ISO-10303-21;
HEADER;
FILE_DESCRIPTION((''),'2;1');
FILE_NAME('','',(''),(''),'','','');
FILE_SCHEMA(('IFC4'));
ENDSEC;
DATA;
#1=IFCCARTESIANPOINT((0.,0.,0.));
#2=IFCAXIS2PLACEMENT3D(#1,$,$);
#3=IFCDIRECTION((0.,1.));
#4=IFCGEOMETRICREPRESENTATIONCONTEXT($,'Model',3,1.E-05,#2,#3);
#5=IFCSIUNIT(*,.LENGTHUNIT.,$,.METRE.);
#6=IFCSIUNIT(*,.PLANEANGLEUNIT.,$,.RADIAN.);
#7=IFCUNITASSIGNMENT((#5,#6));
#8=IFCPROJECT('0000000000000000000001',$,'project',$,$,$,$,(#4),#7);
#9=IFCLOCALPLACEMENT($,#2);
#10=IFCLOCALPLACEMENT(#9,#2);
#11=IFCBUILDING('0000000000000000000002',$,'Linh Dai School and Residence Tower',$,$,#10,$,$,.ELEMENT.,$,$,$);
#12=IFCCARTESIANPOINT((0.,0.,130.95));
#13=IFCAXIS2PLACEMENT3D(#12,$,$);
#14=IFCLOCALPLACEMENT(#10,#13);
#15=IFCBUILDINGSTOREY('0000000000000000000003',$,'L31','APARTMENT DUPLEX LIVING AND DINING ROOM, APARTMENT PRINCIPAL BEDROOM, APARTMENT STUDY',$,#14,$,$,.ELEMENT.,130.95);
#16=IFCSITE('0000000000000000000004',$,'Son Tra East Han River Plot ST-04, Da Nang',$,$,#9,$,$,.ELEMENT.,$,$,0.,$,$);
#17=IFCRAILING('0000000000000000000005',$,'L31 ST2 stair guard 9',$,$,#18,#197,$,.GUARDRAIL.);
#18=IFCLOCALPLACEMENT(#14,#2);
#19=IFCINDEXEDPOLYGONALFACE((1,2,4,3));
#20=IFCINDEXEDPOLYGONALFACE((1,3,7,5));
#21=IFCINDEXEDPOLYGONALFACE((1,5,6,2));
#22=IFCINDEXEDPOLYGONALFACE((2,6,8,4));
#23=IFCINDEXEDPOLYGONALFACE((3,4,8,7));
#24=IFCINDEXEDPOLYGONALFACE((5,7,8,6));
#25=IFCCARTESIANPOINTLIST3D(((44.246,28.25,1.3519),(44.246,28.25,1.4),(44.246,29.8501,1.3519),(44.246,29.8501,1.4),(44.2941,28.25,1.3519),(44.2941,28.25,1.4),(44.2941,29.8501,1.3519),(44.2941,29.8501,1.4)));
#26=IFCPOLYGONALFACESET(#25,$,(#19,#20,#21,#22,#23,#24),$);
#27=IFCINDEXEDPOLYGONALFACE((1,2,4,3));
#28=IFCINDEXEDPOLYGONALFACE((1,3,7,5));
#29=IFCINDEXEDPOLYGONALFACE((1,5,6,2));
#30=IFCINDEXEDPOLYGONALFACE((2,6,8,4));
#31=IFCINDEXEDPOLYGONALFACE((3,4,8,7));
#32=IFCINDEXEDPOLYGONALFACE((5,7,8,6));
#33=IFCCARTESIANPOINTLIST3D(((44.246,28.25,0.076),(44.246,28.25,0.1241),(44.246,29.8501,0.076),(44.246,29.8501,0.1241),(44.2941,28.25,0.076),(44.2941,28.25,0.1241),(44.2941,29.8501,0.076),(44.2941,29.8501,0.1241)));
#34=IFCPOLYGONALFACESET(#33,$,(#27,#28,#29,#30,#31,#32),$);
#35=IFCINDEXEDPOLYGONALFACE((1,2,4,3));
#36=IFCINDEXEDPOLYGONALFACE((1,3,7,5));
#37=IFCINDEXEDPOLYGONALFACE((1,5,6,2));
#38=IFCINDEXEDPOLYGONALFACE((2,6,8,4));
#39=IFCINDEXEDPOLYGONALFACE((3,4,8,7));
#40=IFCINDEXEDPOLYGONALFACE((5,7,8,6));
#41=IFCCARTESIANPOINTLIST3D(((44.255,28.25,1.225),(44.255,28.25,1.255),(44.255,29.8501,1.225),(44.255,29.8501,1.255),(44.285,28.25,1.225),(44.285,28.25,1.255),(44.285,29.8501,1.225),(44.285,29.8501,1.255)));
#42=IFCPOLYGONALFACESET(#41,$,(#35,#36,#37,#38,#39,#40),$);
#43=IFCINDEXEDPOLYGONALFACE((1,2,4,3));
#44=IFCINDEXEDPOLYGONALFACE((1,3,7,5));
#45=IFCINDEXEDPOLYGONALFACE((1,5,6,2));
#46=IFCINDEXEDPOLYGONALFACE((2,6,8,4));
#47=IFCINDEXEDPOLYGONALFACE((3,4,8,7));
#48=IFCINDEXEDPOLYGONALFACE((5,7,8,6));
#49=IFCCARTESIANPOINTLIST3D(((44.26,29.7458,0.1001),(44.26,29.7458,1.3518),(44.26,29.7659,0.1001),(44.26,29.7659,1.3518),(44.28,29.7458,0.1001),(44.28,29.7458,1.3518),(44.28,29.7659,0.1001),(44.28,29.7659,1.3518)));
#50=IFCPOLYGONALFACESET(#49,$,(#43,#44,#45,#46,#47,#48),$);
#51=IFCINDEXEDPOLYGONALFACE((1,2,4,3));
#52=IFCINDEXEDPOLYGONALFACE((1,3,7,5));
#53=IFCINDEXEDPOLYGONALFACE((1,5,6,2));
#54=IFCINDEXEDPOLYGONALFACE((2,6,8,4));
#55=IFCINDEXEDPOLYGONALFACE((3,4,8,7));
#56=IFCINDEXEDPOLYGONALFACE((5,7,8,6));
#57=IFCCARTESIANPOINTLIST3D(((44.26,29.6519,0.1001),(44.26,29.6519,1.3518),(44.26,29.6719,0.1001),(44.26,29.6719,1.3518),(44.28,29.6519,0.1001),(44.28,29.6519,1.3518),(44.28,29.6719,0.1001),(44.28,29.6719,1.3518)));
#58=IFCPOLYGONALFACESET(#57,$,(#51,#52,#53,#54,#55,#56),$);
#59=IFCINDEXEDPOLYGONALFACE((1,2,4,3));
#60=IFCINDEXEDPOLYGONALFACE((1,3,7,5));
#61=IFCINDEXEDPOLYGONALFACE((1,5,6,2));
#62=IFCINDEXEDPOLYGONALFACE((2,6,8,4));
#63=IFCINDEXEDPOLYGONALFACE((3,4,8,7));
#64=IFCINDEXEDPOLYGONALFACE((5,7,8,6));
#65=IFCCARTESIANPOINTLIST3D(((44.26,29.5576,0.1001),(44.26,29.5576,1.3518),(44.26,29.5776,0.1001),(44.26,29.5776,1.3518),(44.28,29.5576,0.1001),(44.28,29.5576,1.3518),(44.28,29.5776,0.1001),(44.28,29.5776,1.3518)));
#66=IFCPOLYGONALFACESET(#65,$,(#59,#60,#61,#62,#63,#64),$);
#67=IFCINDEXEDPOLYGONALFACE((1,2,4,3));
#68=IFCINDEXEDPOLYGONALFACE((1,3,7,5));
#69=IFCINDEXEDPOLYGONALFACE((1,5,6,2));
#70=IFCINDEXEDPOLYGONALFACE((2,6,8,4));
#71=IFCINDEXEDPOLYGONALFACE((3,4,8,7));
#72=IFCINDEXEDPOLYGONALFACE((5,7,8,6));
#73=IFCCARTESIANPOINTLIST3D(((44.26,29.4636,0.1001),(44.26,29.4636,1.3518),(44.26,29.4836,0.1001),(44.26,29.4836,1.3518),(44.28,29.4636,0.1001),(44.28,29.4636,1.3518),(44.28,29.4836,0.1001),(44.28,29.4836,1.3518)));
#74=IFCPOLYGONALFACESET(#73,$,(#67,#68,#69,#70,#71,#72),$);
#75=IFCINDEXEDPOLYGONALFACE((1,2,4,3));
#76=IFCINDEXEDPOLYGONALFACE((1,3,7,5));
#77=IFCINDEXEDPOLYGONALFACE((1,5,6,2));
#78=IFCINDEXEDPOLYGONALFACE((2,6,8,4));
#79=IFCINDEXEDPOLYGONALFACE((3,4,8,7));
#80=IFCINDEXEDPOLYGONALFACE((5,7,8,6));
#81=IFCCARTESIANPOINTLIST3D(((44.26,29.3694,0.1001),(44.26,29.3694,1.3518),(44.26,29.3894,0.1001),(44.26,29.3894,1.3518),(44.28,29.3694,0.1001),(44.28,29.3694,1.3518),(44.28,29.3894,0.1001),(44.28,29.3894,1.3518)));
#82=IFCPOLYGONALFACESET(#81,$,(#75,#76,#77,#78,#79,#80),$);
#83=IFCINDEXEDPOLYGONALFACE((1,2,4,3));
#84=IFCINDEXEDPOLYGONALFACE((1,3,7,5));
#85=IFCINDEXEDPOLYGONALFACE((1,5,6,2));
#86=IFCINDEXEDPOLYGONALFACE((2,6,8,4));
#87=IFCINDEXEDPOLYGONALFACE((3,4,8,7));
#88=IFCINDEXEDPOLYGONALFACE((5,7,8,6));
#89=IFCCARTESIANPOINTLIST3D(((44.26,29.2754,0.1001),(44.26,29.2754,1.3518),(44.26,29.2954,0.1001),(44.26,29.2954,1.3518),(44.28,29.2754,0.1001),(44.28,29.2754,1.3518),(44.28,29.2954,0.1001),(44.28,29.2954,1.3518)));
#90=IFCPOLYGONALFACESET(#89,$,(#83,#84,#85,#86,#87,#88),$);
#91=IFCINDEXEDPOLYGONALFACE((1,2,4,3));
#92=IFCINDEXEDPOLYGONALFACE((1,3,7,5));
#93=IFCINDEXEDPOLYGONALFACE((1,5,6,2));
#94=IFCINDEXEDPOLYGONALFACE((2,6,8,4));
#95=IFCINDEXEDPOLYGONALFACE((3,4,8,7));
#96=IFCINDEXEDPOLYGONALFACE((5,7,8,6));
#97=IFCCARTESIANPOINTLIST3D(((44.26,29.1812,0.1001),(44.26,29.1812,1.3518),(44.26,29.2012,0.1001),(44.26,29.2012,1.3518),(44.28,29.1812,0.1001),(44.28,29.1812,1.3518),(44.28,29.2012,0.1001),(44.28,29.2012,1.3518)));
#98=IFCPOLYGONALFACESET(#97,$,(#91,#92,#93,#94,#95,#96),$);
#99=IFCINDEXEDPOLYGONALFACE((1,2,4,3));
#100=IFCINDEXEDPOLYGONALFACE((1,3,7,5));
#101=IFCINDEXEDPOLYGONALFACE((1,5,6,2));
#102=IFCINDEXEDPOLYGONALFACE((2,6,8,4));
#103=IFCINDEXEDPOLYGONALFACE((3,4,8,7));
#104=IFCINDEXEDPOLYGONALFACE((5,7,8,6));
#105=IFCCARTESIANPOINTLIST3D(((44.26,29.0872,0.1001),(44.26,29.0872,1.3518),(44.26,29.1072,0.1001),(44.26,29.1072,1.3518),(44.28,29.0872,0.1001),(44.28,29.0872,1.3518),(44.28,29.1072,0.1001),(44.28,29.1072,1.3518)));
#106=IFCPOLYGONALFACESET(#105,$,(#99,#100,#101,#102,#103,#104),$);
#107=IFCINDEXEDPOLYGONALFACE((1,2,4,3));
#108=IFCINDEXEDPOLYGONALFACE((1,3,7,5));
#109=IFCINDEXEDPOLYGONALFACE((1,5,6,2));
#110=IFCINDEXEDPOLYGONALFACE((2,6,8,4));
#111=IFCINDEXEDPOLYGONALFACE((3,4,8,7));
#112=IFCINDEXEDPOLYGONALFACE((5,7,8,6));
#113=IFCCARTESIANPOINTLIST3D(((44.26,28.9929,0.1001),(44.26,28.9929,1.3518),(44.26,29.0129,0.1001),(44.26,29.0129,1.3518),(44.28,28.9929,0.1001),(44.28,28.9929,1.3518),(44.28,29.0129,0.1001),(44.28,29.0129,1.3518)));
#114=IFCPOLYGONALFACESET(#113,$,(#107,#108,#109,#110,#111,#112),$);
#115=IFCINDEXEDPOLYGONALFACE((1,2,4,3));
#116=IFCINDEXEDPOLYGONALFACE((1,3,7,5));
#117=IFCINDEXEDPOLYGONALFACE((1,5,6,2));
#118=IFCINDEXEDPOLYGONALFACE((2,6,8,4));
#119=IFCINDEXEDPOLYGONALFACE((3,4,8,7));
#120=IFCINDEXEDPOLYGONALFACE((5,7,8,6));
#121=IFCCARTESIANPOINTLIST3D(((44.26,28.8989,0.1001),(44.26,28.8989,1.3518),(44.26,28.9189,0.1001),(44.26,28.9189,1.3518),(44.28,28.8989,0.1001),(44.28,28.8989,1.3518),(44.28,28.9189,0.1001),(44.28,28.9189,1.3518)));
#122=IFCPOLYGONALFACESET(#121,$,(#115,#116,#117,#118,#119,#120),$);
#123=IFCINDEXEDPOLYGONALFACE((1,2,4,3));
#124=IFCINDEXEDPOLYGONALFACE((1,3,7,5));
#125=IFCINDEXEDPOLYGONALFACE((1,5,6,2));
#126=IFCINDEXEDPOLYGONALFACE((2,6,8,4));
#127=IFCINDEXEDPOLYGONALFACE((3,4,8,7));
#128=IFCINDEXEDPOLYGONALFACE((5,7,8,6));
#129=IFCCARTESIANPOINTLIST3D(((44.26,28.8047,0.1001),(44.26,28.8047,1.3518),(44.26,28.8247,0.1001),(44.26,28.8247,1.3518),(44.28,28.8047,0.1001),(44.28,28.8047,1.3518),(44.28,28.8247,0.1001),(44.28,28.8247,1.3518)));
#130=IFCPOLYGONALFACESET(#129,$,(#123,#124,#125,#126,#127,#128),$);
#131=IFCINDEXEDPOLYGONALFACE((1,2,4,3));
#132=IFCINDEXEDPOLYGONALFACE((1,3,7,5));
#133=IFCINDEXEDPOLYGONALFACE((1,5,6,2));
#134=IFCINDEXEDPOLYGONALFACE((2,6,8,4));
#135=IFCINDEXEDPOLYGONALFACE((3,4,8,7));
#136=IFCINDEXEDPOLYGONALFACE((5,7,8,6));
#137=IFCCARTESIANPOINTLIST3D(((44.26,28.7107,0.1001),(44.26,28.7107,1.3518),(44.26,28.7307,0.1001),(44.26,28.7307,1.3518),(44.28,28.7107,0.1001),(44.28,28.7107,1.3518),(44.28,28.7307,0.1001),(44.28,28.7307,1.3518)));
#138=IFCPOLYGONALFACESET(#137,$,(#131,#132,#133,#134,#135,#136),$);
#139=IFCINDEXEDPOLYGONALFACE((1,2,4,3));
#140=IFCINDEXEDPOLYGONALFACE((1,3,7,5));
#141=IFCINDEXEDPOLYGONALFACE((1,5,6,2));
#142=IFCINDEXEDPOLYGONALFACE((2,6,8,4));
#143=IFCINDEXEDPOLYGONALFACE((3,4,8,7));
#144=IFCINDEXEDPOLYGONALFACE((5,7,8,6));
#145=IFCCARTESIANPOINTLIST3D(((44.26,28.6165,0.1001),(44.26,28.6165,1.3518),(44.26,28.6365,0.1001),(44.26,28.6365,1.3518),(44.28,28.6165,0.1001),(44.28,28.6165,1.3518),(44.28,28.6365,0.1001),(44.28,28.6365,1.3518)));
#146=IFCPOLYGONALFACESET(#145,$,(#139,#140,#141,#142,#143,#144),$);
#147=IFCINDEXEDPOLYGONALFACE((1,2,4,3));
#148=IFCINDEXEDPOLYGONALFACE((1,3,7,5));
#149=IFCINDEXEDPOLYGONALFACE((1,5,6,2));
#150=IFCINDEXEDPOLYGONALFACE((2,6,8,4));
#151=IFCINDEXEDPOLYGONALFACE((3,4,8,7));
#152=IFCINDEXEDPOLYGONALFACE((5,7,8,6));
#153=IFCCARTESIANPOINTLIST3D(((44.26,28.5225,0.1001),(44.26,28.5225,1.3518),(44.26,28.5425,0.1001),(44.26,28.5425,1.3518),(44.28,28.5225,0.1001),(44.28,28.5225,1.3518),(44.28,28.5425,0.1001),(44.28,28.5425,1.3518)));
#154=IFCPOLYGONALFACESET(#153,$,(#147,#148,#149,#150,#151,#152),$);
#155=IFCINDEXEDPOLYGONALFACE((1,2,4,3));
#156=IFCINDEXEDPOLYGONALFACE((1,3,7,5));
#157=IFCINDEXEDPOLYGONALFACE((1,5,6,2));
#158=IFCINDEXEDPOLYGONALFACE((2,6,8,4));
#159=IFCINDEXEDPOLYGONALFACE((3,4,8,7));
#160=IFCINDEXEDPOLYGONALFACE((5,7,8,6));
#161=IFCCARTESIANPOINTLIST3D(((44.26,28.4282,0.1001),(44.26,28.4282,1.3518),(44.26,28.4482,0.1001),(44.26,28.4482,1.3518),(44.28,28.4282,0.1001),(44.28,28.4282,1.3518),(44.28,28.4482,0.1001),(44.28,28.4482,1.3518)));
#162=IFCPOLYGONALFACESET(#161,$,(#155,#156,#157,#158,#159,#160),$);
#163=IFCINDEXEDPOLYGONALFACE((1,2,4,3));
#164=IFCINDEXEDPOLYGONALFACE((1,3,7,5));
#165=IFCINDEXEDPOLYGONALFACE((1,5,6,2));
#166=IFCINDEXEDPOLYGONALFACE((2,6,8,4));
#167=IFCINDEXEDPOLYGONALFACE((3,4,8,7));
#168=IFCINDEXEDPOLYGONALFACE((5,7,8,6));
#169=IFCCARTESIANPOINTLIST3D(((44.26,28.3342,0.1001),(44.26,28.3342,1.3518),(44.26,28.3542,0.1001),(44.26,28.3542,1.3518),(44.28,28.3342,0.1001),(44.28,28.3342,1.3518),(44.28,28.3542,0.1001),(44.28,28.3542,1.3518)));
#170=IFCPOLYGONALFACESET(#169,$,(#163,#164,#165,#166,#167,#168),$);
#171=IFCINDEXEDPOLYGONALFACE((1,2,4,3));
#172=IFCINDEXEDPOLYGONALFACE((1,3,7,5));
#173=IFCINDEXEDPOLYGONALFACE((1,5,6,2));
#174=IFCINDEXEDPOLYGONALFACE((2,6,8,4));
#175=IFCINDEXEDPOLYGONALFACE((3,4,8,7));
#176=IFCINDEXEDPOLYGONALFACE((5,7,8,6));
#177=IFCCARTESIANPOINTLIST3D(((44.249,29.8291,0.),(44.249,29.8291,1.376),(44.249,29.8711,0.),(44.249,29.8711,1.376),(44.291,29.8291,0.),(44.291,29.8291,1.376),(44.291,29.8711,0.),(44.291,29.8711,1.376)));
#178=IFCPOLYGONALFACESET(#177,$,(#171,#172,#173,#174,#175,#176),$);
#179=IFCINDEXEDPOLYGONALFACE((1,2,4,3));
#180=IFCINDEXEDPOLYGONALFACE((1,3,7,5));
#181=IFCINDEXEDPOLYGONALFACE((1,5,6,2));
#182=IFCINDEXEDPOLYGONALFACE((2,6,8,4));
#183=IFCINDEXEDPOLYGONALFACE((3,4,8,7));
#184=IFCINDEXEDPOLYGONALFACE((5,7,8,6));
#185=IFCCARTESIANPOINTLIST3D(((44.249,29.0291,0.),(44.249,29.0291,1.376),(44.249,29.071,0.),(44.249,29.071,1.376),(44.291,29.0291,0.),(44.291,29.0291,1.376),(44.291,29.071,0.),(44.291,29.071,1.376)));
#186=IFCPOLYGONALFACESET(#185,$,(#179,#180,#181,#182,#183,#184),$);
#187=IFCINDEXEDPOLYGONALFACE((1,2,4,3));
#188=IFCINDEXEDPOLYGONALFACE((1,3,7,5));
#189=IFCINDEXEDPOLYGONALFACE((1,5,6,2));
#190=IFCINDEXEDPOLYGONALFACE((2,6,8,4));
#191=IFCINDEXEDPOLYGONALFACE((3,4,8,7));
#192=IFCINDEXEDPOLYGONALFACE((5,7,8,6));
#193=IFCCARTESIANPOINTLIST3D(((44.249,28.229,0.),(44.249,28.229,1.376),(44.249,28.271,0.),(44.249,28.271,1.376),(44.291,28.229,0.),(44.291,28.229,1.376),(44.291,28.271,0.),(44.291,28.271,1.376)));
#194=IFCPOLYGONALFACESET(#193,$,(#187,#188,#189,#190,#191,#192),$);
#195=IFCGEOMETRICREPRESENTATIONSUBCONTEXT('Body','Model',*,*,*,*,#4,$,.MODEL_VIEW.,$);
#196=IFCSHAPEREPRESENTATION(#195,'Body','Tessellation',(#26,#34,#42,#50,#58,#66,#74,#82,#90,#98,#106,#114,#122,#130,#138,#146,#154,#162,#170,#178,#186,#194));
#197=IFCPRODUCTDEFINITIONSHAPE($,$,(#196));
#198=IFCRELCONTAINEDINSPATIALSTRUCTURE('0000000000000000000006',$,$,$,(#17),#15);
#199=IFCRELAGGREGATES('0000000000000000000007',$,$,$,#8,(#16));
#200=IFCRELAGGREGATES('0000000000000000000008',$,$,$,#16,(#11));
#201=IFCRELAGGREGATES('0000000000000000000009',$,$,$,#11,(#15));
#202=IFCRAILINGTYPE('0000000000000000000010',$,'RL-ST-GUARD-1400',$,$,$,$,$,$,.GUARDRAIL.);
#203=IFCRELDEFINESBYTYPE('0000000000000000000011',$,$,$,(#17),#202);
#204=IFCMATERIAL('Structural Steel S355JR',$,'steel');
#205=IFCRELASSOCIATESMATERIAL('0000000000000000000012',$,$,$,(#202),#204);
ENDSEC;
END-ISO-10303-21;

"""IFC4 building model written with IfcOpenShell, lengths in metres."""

from ifc_helpers import new_model, si_unit, direction, frame, origin, origin_2d, place, context, subcontext, project, spatial, rectangle, extrude, source, transform, mapped, material, type_object, element, save


model = new_model("IFC4")

# Units and contexts
model_context = context("Model", 3, precision=1e-05, world=origin(), true_north=direction((0.0, 1.0)))
body_context = subcontext(model_context, "Body", "Model", "MODEL_VIEW")
ifc_project = project(units=[si_unit("LENGTHUNIT", "METRE"), si_unit("PLANEANGLEUNIT", "RADIAN")], contexts=[model_context])

# Site, building, storey
site_placement = place(None, origin())
site = spatial("IfcSite", under=ifc_project, at=site_placement, Name="Son Tra East Han River Plot ST-04, Da Nang", CompositionType="ELEMENT", RefElevation=0.0)
building_placement = place(site_placement, origin())
building = spatial("IfcBuilding", under=site, at=building_placement, Name="Linh Dai School and Residence Tower", CompositionType="ELEMENT")
storey_placement = place(building_placement, frame((0.0, 0.0, 130.95)))
storey = spatial("IfcBuildingStorey", under=building, at=storey_placement, Name="L31", Description="APARTMENT DUPLEX LIVING AND DINING ROOM, APARTMENT PRINCIPAL BEDROOM, APARTMENT STUDY", CompositionType="ELEMENT", Elevation=130.95)

# Shared definitions
ifc_material_1 = material(Name="Structural Steel S355JR", Category="steel")

# Railing
railing_type_1 = type_object("IfcRailingType", Name="RL-ST-GUARD-1400", PredefinedType="GUARDRAIL", material=ifc_material_1)
shared_shape_1 = source(origin(), body_context, "Body", "SweptSolid", [
    extrude(rectangle(XDim=0.0481, YDim=0.0481, at=origin_2d()), frame((0.0, 0.0, 1.376), z_axis=(0.0, -1.0, 0.0), x_axis=(1.0, 0.0, 0.0)), (0.0, 0.0, 1.0), 1.6001),
    extrude(rectangle(XDim=0.0481, YDim=0.0481, at=origin_2d()), frame((0.0, 0.0, 0.1001), z_axis=(0.0, -1.0, 0.0), x_axis=(1.0, 0.0, 0.0)), (0.0, 0.0, 1.0), 1.6001),
    extrude(rectangle(XDim=0.03, YDim=0.03, at=origin_2d()), frame((0.0, 0.0, 1.24), z_axis=(0.0, -1.0, 0.0), x_axis=(1.0, 0.0, 0.0)), (0.0, 0.0, 1.0), 1.6001),
    extrude(rectangle(XDim=0.02, YDim=0.02, at=origin_2d()), frame((0.0, -0.0942, 0.1001)), (0.0, 0.0, 1.0), 1.2517),
    extrude(rectangle(XDim=0.02, YDim=0.02, at=origin_2d()), frame((0.0, -0.1882, 0.1001)), (0.0, 0.0, 1.0), 1.2517),
    extrude(rectangle(XDim=0.02, YDim=0.02, at=origin_2d()), frame((0.0, -0.2825, 0.1001)), (0.0, 0.0, 1.0), 1.2517),
    extrude(rectangle(XDim=0.02, YDim=0.02, at=origin_2d()), frame((0.0, -0.3765, 0.1001)), (0.0, 0.0, 1.0), 1.2517),
    extrude(rectangle(XDim=0.02, YDim=0.02, at=origin_2d()), frame((0.0, -0.4707, 0.1001)), (0.0, 0.0, 1.0), 1.2517),
    extrude(rectangle(XDim=0.02, YDim=0.02, at=origin_2d()), frame((0.0, -0.5647, 0.1001)), (0.0, 0.0, 1.0), 1.2517),
    extrude(rectangle(XDim=0.02, YDim=0.02, at=origin_2d()), frame((0.0, -0.6589, 0.1001)), (0.0, 0.0, 1.0), 1.2517),
    extrude(rectangle(XDim=0.02, YDim=0.02, at=origin_2d()), frame((0.0, -0.7529, 0.1001)), (0.0, 0.0, 1.0), 1.2517),
    extrude(rectangle(XDim=0.02, YDim=0.02, at=origin_2d()), frame((0.0, -0.8472, 0.1001)), (0.0, 0.0, 1.0), 1.2517),
    extrude(rectangle(XDim=0.02, YDim=0.02, at=origin_2d()), frame((0.0, -0.9412, 0.1001)), (0.0, 0.0, 1.0), 1.2517),
    extrude(rectangle(XDim=0.02, YDim=0.02, at=origin_2d()), frame((0.0, -1.0354, 0.1001)), (0.0, 0.0, 1.0), 1.2517),
    extrude(rectangle(XDim=0.02, YDim=0.02, at=origin_2d()), frame((0.0, -1.1294, 0.1001)), (0.0, 0.0, 1.0), 1.2517),
    extrude(rectangle(XDim=0.02, YDim=0.02, at=origin_2d()), frame((0.0, -1.2236, 0.1001)), (0.0, 0.0, 1.0), 1.2517),
    extrude(rectangle(XDim=0.02, YDim=0.02, at=origin_2d()), frame((0.0, -1.3176, 0.1001)), (0.0, 0.0, 1.0), 1.2517),
    extrude(rectangle(XDim=0.02, YDim=0.02, at=origin_2d()), frame((0.0, -1.4119, 0.1001)), (0.0, 0.0, 1.0), 1.2517),
    extrude(rectangle(XDim=0.02, YDim=0.02, at=origin_2d()), frame((0.0, -1.5059, 0.1001)), (0.0, 0.0, 1.0), 1.2517),
    extrude(rectangle(XDim=0.042, YDim=0.042, at=origin_2d()), origin(), (0.0, 0.0, 1.0), 1.376),
    extrude(rectangle(XDim=0.042, YDim=0.042, at=origin_2d()), frame((0.0, -0.8, 0.0)), (0.0, 0.0, 1.0), 1.376),
    extrude(rectangle(XDim=0.042, YDim=0.042, at=origin_2d()), frame((0.0, -1.6001, 0.0)), (0.0, 0.0, 1.0), 1.376),
])
for number, where, name in (
    (1, (44.27, 29.8501, 0.0), "L31 ST2 stair guard 9"),
):
    element("IfcRailing", number, at=place(storey_placement, frame(where)), inside=storey, type_object=railing_type_1, Name=name, PredefinedType="GUARDRAIL", context=body_context, shape_type="MappedRepresentation", body=[
        mapped(shared_shape_1, transform((0.0, 0.0, 0.0), x_axis=(1.0, 0.0, 0.0), y_axis=(0.0, 1.0, 0.0), z_axis=(0.0, 0.0, 1.0), scale=1.0)),
    ])

save(model, "model.ifc")
